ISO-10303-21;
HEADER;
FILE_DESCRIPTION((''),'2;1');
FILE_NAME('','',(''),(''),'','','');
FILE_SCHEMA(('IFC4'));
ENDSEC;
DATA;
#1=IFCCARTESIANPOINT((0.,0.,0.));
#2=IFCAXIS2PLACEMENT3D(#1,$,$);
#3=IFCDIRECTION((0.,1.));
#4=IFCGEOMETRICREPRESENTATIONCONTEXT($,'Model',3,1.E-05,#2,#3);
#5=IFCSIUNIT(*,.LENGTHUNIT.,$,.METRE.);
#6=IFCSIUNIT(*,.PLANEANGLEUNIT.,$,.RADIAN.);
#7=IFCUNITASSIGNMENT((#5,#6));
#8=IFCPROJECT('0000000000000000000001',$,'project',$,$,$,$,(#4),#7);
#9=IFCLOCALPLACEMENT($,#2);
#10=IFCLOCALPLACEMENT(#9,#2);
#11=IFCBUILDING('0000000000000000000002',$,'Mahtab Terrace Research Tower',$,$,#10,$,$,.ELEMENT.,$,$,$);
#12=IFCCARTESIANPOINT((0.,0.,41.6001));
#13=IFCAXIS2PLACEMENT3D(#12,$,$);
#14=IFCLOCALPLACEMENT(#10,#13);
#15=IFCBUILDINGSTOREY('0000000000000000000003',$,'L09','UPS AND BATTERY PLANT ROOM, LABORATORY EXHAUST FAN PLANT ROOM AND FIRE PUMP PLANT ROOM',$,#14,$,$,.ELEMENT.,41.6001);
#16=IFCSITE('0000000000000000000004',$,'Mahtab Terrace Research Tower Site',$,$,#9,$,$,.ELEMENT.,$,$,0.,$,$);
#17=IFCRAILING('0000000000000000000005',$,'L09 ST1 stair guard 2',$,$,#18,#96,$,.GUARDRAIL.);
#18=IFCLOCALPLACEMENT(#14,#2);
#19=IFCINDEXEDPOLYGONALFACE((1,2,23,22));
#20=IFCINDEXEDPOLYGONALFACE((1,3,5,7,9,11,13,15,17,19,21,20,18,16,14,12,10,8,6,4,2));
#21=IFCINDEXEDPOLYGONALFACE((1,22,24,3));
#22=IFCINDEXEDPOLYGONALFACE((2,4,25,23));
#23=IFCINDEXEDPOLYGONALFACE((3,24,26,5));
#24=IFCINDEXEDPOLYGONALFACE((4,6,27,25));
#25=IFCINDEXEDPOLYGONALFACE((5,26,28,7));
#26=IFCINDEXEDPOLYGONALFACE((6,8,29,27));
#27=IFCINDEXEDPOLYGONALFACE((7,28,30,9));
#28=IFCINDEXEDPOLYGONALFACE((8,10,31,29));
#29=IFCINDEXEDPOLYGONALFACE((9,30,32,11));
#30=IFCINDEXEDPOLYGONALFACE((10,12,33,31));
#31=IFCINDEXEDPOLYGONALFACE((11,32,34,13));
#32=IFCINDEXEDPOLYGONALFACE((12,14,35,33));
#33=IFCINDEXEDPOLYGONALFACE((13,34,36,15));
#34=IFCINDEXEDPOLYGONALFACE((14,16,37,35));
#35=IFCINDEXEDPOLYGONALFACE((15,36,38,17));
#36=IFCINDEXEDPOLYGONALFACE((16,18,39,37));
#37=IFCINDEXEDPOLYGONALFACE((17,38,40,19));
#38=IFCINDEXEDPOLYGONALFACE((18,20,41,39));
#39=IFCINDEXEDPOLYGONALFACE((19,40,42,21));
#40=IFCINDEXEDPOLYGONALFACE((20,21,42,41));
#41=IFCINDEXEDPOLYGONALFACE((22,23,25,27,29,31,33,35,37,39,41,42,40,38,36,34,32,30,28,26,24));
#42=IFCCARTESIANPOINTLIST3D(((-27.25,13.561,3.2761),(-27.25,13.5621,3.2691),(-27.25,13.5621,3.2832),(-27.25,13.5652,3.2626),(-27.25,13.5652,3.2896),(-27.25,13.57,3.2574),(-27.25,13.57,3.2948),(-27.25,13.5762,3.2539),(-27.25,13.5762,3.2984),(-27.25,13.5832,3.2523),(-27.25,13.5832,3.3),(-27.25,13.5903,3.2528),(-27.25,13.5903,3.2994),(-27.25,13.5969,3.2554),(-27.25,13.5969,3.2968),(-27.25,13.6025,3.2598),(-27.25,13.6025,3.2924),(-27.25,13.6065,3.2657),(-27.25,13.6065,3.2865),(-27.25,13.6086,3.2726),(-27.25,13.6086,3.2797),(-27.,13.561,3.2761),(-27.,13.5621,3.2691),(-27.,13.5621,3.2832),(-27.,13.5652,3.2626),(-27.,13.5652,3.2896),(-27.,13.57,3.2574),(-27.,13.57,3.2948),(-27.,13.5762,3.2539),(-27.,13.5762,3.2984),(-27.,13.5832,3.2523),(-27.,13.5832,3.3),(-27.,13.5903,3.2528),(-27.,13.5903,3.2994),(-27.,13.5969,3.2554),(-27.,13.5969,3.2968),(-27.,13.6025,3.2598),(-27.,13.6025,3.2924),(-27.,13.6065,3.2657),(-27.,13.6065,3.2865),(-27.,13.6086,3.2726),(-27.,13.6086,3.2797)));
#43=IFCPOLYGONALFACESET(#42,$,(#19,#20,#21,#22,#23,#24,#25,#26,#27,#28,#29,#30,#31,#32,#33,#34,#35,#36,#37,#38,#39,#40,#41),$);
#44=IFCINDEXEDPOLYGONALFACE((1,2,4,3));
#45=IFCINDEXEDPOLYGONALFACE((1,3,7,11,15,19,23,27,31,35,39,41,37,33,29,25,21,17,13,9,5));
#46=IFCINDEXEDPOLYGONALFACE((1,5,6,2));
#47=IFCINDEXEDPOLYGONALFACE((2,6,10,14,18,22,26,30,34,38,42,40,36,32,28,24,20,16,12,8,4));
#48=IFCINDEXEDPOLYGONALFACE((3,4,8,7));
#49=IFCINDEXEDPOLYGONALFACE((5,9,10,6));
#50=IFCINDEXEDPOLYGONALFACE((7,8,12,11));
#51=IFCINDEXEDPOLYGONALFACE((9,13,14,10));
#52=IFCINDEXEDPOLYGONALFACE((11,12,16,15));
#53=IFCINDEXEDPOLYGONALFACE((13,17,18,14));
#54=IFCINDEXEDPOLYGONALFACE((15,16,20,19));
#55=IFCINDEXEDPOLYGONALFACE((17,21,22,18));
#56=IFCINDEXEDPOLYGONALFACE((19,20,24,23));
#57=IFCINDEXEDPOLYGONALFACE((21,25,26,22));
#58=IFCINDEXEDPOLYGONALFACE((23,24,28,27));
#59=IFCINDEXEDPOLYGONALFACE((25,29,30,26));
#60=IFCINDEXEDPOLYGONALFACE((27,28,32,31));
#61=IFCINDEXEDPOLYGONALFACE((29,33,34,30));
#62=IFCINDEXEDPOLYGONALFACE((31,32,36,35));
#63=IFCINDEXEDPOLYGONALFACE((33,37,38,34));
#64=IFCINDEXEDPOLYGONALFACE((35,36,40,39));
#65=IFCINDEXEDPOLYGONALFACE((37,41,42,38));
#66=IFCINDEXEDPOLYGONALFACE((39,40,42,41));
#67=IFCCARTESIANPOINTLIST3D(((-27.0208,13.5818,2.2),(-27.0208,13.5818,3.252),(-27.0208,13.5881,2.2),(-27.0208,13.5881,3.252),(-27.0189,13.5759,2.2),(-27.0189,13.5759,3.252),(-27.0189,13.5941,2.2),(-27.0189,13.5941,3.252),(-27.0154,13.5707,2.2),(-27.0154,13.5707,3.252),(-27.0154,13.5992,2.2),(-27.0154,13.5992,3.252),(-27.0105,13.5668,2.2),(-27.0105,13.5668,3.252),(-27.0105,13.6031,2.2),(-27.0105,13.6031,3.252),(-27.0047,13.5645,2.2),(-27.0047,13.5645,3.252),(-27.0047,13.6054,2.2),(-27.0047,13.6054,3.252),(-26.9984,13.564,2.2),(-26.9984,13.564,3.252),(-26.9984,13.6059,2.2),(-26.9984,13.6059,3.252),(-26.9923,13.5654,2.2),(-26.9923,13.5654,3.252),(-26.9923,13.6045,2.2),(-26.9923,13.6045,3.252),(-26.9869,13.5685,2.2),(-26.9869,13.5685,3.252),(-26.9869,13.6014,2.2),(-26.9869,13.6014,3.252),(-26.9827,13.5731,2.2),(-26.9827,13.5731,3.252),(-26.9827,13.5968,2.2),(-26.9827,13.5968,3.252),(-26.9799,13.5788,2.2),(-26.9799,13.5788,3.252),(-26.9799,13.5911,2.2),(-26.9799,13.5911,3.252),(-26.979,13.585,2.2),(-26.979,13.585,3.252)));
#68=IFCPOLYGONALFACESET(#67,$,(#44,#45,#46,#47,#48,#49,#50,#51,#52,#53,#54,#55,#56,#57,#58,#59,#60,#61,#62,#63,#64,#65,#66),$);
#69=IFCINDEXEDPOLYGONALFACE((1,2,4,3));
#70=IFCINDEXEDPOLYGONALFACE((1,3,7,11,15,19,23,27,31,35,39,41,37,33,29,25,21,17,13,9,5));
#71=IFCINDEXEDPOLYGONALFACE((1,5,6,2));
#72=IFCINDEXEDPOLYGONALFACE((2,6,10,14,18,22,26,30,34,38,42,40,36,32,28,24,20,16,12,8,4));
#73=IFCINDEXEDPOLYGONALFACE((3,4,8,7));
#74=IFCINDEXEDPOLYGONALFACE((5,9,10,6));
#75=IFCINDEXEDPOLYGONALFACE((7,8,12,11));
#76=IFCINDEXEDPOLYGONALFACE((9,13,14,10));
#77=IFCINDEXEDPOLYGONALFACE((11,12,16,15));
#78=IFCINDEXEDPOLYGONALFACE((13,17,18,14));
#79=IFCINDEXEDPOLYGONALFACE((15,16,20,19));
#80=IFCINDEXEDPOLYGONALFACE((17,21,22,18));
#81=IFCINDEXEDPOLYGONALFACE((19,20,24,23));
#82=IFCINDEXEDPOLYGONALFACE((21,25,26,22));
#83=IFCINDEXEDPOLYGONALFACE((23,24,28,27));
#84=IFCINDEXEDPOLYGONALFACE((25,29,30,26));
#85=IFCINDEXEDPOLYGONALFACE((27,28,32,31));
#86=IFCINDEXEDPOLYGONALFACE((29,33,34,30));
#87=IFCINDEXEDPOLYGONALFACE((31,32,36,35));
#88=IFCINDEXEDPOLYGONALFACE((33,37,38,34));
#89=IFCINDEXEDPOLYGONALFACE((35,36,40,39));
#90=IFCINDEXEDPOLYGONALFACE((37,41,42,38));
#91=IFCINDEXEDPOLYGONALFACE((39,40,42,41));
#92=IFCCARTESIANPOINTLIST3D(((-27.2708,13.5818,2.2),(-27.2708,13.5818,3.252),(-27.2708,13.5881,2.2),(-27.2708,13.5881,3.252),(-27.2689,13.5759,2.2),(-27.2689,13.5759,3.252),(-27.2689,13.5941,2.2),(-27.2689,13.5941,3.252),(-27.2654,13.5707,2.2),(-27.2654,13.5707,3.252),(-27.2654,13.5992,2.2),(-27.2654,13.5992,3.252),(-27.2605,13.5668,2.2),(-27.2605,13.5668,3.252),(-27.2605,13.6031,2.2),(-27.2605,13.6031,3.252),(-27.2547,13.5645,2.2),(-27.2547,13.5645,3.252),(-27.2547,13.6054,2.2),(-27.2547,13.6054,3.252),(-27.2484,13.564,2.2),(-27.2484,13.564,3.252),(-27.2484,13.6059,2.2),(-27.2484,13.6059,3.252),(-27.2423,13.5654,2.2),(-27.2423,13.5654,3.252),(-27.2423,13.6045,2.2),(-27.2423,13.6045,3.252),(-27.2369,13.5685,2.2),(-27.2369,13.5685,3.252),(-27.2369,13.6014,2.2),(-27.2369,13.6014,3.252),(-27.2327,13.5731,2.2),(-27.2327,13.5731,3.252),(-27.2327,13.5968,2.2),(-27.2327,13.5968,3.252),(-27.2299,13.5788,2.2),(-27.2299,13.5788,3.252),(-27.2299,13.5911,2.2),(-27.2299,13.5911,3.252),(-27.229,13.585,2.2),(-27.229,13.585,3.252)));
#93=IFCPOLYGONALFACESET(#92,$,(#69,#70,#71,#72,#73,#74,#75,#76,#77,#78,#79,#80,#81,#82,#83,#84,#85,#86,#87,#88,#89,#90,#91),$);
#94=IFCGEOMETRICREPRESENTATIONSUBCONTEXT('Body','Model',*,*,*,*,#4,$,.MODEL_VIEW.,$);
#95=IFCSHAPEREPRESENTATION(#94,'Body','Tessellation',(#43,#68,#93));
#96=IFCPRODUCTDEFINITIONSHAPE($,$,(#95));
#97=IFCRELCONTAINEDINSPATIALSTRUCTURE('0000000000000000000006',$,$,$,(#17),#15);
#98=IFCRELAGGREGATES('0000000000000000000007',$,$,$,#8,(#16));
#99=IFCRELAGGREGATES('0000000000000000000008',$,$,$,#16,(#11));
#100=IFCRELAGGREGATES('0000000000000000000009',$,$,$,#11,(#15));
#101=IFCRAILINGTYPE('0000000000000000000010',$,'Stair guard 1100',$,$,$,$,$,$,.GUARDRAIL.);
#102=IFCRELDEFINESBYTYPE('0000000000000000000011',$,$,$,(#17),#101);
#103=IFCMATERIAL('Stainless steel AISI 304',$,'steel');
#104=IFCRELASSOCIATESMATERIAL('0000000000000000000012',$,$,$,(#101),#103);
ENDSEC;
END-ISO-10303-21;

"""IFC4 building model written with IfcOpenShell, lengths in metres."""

from ifc_helpers import new_model, si_unit, direction, frame, origin, origin_2d, place, context, subcontext, project, spatial, circle, extrude, material, type_object, element, save


model = new_model("IFC4")

# Units and contexts
model_context = context("Model", 3, precision=1e-05, world=origin(), true_north=direction((0.0, 1.0)))
body_context = subcontext(model_context, "Body", "Model", "MODEL_VIEW")
ifc_project = project(units=[si_unit("LENGTHUNIT", "METRE"), si_unit("PLANEANGLEUNIT", "RADIAN")], contexts=[model_context])

# Site, building, storey
site_placement = place(None, origin())
site = spatial("IfcSite", under=ifc_project, at=site_placement, Name="Mahtab Terrace Research Tower Site", CompositionType="ELEMENT", RefElevation=0.0)
building_placement = place(site_placement, origin())
building = spatial("IfcBuilding", under=site, at=building_placement, Name="Mahtab Terrace Research Tower", CompositionType="ELEMENT")
storey_placement = place(building_placement, frame((0.0, 0.0, 41.6001)))
storey = spatial("IfcBuildingStorey", under=building, at=storey_placement, Name="L09", Description="UPS AND BATTERY PLANT ROOM, LABORATORY EXHAUST FAN PLANT ROOM AND FIRE PUMP PLANT ROOM", CompositionType="ELEMENT", Elevation=41.6001)

# Railing
ifc_material_1 = material(Name="Stainless steel AISI 304", Category="steel")
railing_type_1 = type_object("IfcRailingType", Name="Stair guard 1100", PredefinedType="GUARDRAIL", material=ifc_material_1)
railing_1_placement = place(storey_placement, frame((-27.0, 13.585, 2.2)))
element("IfcRailing", 1, at=railing_1_placement, inside=storey, type_object=railing_type_1, Name="L09 ST1 stair guard 2", PredefinedType="GUARDRAIL", context=body_context, shape_type="SweptSolid", body=[
    extrude(circle(Radius=0.0239, at=origin_2d()), frame((0.0, 0.0, 1.0762), z_axis=(-1.0, 0.0, 0.0), x_axis=(0.0, -1.0, 0.0)), (0.0, 0.0, 1.0), 0.25),
    extrude(circle(Radius=0.021, at=origin_2d()), origin(), (0.0, 0.0, 1.0), 1.052),
    extrude(circle(Radius=0.021, at=origin_2d()), frame((-0.25, 0.0, 0.0)), (0.0, 0.0, 1.0), 1.052),
])

save(model, "model.ifc")
